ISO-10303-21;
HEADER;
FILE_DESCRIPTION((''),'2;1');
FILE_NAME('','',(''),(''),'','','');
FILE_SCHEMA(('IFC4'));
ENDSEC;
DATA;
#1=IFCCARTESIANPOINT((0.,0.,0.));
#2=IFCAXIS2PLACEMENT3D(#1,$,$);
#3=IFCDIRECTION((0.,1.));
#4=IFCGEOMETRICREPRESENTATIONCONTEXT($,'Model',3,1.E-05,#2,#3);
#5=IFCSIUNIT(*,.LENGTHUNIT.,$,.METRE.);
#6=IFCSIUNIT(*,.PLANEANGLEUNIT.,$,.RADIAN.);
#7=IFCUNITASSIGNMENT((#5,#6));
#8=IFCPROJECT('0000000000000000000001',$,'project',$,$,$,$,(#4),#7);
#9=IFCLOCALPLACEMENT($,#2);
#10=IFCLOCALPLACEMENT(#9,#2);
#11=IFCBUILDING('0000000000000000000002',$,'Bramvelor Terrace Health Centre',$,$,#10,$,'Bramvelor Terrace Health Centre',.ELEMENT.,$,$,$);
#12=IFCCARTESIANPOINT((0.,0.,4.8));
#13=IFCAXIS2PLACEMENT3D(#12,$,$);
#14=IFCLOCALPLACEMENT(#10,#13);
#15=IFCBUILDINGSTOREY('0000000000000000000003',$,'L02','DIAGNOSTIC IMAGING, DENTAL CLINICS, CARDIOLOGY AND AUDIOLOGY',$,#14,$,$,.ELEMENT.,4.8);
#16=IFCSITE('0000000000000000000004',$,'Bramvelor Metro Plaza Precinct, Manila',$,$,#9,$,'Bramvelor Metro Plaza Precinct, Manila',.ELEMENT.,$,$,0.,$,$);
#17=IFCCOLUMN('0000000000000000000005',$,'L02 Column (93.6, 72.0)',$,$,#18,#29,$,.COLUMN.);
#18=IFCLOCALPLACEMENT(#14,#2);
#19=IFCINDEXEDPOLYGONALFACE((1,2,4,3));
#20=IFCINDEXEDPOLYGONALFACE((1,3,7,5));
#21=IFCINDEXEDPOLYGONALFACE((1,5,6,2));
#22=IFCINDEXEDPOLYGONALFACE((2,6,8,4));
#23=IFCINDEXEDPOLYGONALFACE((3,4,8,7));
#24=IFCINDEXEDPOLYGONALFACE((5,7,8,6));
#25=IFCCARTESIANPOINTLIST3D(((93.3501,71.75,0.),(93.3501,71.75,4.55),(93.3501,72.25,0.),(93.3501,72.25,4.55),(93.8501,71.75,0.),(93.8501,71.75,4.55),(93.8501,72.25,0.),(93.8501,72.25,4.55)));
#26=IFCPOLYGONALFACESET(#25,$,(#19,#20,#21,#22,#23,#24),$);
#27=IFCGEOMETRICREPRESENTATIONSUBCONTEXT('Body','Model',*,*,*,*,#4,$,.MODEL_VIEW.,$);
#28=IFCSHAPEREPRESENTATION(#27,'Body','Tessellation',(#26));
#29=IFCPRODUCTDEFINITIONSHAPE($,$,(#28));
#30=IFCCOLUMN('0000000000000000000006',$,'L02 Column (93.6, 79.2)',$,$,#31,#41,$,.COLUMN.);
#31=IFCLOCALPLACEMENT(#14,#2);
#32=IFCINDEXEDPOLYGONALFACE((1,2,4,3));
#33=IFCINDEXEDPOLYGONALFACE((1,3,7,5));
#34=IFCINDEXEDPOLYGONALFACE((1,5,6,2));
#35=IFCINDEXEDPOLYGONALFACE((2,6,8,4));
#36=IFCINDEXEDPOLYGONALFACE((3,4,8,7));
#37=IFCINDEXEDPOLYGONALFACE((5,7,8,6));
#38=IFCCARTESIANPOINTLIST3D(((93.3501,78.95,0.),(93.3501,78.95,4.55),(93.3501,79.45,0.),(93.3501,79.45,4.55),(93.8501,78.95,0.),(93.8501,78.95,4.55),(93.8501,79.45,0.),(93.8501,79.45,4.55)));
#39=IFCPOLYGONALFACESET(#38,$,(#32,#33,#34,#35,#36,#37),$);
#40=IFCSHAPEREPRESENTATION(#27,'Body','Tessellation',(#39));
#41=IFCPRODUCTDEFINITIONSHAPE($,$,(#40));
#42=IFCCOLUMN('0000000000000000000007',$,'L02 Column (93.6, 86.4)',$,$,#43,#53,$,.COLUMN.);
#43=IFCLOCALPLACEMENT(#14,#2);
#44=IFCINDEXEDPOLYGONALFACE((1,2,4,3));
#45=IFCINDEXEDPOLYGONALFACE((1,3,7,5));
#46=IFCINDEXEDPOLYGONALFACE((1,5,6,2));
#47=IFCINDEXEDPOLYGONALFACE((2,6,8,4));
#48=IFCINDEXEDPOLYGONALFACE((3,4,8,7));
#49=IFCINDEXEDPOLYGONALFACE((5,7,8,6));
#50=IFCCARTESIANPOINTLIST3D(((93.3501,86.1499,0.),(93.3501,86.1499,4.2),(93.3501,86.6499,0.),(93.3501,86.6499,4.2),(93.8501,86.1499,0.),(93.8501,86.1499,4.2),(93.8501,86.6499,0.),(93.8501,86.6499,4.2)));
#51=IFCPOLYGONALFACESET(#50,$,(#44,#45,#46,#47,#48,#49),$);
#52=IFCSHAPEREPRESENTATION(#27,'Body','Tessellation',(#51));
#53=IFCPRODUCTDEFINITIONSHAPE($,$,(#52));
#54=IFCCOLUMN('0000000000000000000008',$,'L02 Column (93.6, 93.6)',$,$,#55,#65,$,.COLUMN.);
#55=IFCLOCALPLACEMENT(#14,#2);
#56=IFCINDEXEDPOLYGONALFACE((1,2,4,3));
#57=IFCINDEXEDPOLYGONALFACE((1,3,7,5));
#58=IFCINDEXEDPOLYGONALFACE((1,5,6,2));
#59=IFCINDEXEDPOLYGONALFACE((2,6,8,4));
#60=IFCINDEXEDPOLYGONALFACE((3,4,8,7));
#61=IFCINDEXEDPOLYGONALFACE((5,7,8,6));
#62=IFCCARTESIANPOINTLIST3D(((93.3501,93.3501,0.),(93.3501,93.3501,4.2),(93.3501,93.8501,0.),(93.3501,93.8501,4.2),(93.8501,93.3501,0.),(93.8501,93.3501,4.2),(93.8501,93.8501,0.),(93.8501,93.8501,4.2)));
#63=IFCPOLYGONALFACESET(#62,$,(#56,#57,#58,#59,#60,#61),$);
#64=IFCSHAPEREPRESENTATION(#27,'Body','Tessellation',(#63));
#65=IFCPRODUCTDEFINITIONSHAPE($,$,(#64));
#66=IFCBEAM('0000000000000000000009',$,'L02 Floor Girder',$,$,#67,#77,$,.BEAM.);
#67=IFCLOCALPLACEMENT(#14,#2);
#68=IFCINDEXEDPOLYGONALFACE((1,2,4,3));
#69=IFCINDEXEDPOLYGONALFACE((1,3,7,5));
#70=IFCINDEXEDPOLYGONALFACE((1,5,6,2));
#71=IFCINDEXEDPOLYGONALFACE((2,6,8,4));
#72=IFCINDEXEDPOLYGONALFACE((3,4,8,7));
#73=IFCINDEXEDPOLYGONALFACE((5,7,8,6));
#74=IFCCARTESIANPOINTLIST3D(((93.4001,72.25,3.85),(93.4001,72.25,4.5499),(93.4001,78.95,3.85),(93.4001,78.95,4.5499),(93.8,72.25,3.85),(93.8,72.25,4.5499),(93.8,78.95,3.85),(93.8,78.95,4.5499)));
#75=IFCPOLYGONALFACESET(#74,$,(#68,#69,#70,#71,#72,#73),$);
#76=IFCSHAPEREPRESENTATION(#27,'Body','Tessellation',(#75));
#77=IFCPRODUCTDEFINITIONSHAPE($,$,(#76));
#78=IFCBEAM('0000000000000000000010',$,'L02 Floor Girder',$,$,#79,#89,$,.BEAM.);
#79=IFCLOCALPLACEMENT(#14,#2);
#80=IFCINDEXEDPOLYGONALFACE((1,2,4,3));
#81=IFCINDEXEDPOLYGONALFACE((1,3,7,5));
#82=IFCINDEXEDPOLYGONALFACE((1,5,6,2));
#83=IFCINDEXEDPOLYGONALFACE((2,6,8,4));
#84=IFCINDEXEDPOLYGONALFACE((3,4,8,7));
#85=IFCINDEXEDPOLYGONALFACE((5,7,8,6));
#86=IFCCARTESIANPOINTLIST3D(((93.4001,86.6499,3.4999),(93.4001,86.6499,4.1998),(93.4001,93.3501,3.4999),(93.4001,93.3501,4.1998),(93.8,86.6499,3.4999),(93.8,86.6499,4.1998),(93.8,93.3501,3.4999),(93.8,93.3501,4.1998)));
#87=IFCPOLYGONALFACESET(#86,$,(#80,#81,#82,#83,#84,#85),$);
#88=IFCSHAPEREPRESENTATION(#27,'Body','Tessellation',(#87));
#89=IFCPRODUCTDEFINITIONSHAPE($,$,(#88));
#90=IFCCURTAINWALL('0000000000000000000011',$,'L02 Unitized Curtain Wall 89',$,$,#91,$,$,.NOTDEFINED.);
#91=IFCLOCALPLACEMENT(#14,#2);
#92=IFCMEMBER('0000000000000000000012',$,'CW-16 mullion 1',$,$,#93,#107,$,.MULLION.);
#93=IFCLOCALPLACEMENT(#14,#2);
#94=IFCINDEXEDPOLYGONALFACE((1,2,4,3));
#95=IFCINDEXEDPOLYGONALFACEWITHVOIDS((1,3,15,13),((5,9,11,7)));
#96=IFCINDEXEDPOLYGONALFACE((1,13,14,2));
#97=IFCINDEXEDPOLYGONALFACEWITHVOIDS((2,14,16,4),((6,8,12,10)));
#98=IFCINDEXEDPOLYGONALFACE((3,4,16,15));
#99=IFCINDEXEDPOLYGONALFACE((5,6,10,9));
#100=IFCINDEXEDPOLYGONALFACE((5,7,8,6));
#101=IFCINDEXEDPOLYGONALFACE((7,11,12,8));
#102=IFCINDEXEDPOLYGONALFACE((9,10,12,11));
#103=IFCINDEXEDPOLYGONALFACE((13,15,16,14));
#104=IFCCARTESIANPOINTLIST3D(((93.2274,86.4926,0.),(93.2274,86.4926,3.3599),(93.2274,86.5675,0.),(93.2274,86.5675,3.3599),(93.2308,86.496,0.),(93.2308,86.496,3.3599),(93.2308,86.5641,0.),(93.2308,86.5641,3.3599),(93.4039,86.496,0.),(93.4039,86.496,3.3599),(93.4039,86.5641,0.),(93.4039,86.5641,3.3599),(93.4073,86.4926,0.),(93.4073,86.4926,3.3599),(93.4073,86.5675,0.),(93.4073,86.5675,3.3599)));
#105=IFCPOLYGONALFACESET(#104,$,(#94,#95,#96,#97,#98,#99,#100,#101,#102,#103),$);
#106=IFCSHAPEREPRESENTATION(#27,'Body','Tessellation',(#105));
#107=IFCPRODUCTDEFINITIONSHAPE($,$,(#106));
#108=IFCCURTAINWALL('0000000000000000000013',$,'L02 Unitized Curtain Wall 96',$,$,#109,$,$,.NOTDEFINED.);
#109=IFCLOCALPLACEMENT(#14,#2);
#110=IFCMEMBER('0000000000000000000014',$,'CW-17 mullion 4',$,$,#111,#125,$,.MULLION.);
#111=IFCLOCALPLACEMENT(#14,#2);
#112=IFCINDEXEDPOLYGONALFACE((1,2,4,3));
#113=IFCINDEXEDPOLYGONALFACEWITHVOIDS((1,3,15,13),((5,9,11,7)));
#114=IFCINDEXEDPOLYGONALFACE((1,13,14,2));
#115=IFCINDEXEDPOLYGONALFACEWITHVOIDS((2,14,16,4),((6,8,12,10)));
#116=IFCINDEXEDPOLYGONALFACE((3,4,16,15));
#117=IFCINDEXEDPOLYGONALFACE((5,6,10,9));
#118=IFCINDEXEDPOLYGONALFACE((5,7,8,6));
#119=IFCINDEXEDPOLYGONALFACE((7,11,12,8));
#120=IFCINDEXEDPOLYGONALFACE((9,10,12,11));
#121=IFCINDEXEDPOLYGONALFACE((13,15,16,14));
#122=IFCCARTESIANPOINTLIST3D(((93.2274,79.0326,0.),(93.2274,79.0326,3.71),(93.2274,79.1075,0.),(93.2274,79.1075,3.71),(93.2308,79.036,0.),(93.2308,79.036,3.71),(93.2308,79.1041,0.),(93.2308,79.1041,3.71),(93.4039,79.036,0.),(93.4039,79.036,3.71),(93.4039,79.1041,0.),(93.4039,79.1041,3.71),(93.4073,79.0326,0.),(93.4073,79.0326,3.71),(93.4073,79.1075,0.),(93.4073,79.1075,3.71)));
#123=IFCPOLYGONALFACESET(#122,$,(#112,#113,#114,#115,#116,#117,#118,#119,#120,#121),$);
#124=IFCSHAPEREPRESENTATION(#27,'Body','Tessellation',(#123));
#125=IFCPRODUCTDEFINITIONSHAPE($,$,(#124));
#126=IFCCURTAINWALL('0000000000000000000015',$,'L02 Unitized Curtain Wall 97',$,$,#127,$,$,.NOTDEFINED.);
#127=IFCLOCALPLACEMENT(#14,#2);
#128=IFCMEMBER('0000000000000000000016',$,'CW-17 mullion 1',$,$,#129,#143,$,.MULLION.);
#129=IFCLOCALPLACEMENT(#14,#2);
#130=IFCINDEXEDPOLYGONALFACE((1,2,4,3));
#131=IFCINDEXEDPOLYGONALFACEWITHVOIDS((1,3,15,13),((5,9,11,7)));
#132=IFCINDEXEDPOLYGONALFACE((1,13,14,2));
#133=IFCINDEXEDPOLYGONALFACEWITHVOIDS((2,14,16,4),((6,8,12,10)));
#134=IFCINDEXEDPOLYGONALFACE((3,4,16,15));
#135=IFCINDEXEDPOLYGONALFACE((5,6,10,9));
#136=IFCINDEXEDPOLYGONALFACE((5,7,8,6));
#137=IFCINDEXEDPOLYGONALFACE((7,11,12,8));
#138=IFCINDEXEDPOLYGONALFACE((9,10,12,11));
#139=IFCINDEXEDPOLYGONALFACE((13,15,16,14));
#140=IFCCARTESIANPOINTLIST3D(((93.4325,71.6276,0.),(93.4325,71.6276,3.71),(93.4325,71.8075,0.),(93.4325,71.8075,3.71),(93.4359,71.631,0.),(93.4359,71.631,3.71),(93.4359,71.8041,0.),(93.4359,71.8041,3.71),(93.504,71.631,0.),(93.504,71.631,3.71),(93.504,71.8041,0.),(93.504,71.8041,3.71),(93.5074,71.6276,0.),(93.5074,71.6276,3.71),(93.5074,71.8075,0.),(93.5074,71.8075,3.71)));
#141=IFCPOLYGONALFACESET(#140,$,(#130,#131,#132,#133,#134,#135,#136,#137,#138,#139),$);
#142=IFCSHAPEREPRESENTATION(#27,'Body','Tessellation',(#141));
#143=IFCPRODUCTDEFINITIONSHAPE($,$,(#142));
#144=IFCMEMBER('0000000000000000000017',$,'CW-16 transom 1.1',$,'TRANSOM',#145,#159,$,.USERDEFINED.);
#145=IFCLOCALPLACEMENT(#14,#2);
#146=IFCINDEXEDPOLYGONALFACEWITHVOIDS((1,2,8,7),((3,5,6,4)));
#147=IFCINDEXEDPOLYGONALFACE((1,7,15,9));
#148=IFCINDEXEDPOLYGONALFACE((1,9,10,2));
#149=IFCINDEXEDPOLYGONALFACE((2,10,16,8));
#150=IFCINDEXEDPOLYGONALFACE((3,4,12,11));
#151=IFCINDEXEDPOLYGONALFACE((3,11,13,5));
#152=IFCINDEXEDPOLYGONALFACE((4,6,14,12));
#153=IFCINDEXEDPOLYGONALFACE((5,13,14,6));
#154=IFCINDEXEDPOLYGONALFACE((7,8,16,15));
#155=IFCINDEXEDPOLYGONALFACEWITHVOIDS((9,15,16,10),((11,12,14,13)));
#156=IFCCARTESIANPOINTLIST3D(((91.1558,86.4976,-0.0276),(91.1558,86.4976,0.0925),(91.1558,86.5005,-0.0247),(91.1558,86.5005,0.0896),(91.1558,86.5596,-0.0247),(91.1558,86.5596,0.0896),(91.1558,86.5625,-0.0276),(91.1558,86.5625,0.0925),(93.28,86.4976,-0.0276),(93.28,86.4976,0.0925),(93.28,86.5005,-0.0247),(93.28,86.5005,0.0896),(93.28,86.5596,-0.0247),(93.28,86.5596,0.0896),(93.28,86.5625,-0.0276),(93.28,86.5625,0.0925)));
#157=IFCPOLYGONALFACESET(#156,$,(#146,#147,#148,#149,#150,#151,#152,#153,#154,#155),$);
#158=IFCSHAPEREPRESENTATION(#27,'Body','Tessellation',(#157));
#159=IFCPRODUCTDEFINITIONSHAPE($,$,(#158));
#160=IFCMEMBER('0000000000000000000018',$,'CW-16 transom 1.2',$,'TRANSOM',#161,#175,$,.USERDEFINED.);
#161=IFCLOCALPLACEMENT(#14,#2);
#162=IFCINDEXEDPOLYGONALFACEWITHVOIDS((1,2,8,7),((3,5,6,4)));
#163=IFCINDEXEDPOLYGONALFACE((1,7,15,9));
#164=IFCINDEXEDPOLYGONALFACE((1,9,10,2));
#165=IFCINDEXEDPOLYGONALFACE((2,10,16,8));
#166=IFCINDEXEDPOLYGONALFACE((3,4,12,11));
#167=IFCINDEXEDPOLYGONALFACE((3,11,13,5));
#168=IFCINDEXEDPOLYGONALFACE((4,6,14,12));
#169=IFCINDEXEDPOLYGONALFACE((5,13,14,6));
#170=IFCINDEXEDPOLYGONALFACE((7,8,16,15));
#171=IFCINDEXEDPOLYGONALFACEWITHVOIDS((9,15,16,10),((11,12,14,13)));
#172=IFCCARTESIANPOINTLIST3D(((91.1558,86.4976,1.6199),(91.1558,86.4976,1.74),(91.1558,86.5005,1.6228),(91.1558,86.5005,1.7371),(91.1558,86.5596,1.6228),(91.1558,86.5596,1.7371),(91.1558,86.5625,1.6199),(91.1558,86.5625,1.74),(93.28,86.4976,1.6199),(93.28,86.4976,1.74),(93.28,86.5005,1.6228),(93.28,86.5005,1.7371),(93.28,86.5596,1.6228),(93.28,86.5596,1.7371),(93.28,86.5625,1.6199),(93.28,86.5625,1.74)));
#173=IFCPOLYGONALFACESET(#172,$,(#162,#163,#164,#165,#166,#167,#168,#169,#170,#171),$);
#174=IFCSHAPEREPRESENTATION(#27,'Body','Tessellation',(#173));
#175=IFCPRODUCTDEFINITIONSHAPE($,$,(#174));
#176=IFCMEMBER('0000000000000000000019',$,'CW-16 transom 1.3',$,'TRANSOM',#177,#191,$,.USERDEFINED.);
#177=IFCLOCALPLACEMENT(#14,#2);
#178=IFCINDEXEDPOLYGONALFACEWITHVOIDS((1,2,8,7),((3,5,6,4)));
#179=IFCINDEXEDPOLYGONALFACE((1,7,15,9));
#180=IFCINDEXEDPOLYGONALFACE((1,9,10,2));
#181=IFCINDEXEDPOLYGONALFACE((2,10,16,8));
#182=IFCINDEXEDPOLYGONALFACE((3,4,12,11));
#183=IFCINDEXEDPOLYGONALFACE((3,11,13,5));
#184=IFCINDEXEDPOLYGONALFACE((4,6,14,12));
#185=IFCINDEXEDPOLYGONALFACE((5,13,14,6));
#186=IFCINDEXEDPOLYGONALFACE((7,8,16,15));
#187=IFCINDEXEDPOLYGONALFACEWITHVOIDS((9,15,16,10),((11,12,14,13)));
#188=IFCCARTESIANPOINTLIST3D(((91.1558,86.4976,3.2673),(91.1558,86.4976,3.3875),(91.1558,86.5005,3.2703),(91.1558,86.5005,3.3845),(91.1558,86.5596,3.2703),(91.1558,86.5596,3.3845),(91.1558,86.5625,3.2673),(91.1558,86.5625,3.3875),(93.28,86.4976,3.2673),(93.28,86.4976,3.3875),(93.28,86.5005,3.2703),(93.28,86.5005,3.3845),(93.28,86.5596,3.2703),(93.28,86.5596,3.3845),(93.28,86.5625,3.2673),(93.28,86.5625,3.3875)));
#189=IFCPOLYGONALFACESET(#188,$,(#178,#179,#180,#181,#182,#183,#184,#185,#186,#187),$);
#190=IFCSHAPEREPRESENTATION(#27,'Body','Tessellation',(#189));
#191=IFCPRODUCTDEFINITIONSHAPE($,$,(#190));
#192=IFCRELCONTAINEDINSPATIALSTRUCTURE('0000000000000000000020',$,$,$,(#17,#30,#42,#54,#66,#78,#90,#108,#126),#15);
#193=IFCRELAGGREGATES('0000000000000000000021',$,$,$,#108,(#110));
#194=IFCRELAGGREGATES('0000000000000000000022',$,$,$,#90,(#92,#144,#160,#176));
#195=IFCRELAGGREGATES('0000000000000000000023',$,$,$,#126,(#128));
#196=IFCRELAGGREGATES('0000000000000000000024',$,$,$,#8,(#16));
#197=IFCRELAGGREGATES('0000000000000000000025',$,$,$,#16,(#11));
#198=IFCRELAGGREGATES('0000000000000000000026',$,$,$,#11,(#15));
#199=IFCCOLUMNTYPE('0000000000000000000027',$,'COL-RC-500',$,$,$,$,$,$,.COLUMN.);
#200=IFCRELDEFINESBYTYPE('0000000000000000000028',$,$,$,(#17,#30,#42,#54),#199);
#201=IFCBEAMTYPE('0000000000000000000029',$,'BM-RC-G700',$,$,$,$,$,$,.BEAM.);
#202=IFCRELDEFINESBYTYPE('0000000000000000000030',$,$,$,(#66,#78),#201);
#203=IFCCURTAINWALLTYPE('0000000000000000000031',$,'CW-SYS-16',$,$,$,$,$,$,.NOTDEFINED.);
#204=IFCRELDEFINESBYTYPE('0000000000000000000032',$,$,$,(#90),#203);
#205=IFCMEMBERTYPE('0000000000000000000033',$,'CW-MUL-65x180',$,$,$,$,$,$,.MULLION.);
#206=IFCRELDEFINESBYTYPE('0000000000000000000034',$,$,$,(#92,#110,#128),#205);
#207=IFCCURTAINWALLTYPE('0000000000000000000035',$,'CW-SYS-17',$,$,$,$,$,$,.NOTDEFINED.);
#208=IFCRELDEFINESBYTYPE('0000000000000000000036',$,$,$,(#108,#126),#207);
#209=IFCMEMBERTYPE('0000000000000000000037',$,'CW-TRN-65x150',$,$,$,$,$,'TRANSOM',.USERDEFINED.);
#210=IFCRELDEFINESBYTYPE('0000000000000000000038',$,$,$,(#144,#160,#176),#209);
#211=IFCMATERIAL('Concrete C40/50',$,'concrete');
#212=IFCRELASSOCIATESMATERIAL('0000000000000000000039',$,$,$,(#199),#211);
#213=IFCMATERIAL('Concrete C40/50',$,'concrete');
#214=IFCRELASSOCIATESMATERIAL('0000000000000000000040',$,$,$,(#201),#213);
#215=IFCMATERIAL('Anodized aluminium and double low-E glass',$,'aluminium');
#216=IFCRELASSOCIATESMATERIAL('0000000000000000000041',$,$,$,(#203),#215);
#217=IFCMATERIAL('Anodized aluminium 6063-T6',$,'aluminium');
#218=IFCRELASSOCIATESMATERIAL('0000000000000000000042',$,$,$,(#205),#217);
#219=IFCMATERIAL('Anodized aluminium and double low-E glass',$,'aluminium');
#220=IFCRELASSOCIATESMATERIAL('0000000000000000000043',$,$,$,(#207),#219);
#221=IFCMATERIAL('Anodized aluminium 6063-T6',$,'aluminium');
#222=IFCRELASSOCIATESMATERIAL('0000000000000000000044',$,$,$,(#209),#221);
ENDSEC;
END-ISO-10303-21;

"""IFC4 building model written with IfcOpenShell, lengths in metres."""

from ifc_helpers import new_model, si_unit, direction, frame, origin, origin_2d, place, context, subcontext, project, spatial, rectangle, hollow_rectangle, extrude, material, material_profile, profile_set, type_object, element, aggregate, save


model = new_model("IFC4")

# Units and contexts
model_context = context("Model", 3, precision=1e-05, world=origin(), true_north=direction((0.0, 1.0)))
body_context = subcontext(model_context, "Body", "Model", "MODEL_VIEW")
ifc_project = project(units=[si_unit("LENGTHUNIT", "METRE"), si_unit("PLANEANGLEUNIT", "RADIAN")], contexts=[model_context])

# Site, building, storey
site_placement = place(None, origin())
site = spatial("IfcSite", under=ifc_project, at=site_placement, Name="Bramvelor Metro Plaza Precinct, Manila", LongName="Bramvelor Metro Plaza Precinct, Manila", CompositionType="ELEMENT", RefElevation=0.0)
building_placement = place(site_placement, origin())
building = spatial("IfcBuilding", under=site, at=building_placement, Name="Bramvelor Terrace Health Centre", LongName="Bramvelor Terrace Health Centre", CompositionType="ELEMENT")
storey_placement = place(building_placement, frame((0.0, 0.0, 4.8)))
storey = spatial("IfcBuildingStorey", under=building, at=storey_placement, Name="L02", Description="DIAGNOSTIC IMAGING, DENTAL CLINICS, CARDIOLOGY AND AUDIOLOGY", CompositionType="ELEMENT", Elevation=4.8)

# Columns
ifc_material_1 = material(Name="Concrete C40/50", Category="concrete")
ifc_material_profile_1 = material_profile(ifc_material_1, rectangle(XDim=0.5, YDim=0.5, at=origin_2d()), Name="RC 500x500")
ifc_profile_set_1 = profile_set([ifc_material_profile_1], Name="Concrete C40/50")
column_type = type_object("IfcColumnType", Name="COL-RC-500", PredefinedType="COLUMN", material=ifc_profile_set_1)
for number, where, z_axis, x_axis, name in (
    (1, (93.6001, 72.0, 0.0), (0.0, 0.0, 1.0), (1.0, 0.0, 0.0), "L02 Column (93.6, 72.0)"),
    (2, (93.6001, 79.2, 0.0), (0.0, 0.0, 1.0), (1.0, 0.0, 0.0), "L02 Column (93.6, 79.2)"),
):
    element("IfcColumn", number, at=place(storey_placement, frame(where, z_axis=z_axis, x_axis=x_axis)), inside=storey, type_object=column_type, Name=name, PredefinedType="COLUMN", context=body_context, shape_type="SweptSolid", body=[
        extrude(rectangle(XDim=0.5, YDim=0.5, at=origin_2d()), origin(), (0.0, 0.0, 1.0), 4.55),
    ])
for number, where, z_axis, x_axis, name in (
    (3, (93.6001, 86.3999, 0.0), (0.0, 0.0, 1.0), (1.0, 0.0, 0.0), "L02 Column (93.6, 86.4)"),
    (4, (93.6001, 93.6001, 0.0), (0.0, 0.0, 1.0), (1.0, 0.0, 0.0), "L02 Column (93.6, 93.6)"),
):
    element("IfcColumn", number, at=place(storey_placement, frame(where, z_axis=z_axis, x_axis=x_axis)), inside=storey, type_object=column_type, Name=name, PredefinedType="COLUMN", context=body_context, shape_type="SweptSolid", body=[
        extrude(rectangle(XDim=0.5, YDim=0.5, at=origin_2d()), origin(), (0.0, 0.0, 1.0), 4.2),
    ])

# Beams
ifc_material_2 = material(Name="Concrete C40/50", Category="concrete")
ifc_material_profile_2 = material_profile(ifc_material_2, rectangle(XDim=0.3999, YDim=0.7, at=origin_2d()), Name="RC 400x700")
ifc_profile_set_2 = profile_set([ifc_material_profile_2], Name="Concrete C40/50")
beam_type = type_object("IfcBeamType", Name="BM-RC-G700", PredefinedType="BEAM", material=ifc_profile_set_2)
beam_1_placement = place(storey_placement, frame((93.6001, 72.25, 4.2), z_axis=(0.0, 1.0, 0.0), x_axis=(-1.0, 0.0, 0.0)))
element("IfcBeam", 5, at=beam_1_placement, inside=storey, type_object=beam_type, Name="L02 Floor Girder", PredefinedType="BEAM", context=body_context, shape_type="SweptSolid", body=[
    extrude(rectangle(XDim=0.3999, YDim=0.7, at=origin_2d()), origin(), (0.0, 0.0, 1.0), 6.7),
])
beam_2_placement = place(storey_placement, frame((93.6001, 86.6499, 3.8499), z_axis=(0.0, 1.0, 0.0), x_axis=(-1.0, 0.0, 0.0)))
element("IfcBeam", 6, at=beam_2_placement, inside=storey, type_object=beam_type, Name="L02 Floor Girder", PredefinedType="BEAM", context=body_context, shape_type="SweptSolid", body=[
    extrude(rectangle(XDim=0.3999, YDim=0.7, at=origin_2d()), origin(), (0.0, 0.0, 1.0), 6.7002),
])

# Curtain walls, members
ifc_material_3 = material(Name="Anodized aluminium and double low-E glass", Category="aluminium")
curtain_wall_type_1 = type_object("IfcCurtainWallType", Name="CW-SYS-16", PredefinedType="NOTDEFINED", material=ifc_material_3)
curtain_wall_1_placement = place(storey_placement, origin())
curtain_wall_1 = element("IfcCurtainWall", 7, at=curtain_wall_1_placement, inside=storey, type_object=curtain_wall_type_1, Name="L02 Unitized Curtain Wall 89", PredefinedType="NOTDEFINED")
ifc_material_4 = material(Name="Anodized aluminium 6063-T6", Category="aluminium")
ifc_material_profile_3 = material_profile(ifc_material_4, hollow_rectangle(XDim=0.075, YDim=0.1799, WallThickness=0.0034, at=origin_2d()), Name="ALU-MUL 75x180x3.5")
ifc_profile_set_3 = profile_set([ifc_material_profile_3], Name="Anodized aluminium 6063-T6")
member_type_1 = type_object("IfcMemberType", Name="CW-MUL-65x180", PredefinedType="MULLION", material=ifc_profile_set_3)
member_1_placement = place(storey_placement, frame((93.3174, 86.53, 0.0), z_axis=(0.0, 0.0, 1.0), x_axis=(0.0, -1.0, 0.0)))
member_1 = element("IfcMember", 8, at=member_1_placement, type_object=member_type_1, Name="CW-16 mullion 1", PredefinedType="MULLION", context=body_context, shape_type="SweptSolid", body=[
    extrude(hollow_rectangle(XDim=0.075, YDim=0.1799, WallThickness=0.0034, at=origin_2d()), origin(), (0.0, 0.0, 1.0), 3.3599),
])
ifc_material_5 = material(Name="Anodized aluminium and double low-E glass", Category="aluminium")
curtain_wall_type_2 = type_object("IfcCurtainWallType", Name="CW-SYS-17", PredefinedType="NOTDEFINED", material=ifc_material_5)
curtain_wall_2_placement = place(storey_placement, origin())
curtain_wall_2 = element("IfcCurtainWall", 9, at=curtain_wall_2_placement, inside=storey, type_object=curtain_wall_type_2, Name="L02 Unitized Curtain Wall 96", PredefinedType="NOTDEFINED")
member_2_placement = place(storey_placement, frame((93.3174, 79.0701, 0.0), z_axis=(0.0, 0.0, 1.0), x_axis=(0.0, 1.0, 0.0)))
member_2 = element("IfcMember", 10, at=member_2_placement, type_object=member_type_1, Name="CW-17 mullion 4", PredefinedType="MULLION", context=body_context, shape_type="SweptSolid", body=[
    extrude(hollow_rectangle(XDim=0.075, YDim=0.1799, WallThickness=0.0034, at=origin_2d()), origin(), (0.0, 0.0, 1.0), 3.71),
])
aggregate(curtain_wall_2, [member_2])
curtain_wall_3_placement = place(storey_placement, origin())
curtain_wall_3 = element("IfcCurtainWall", 11, at=curtain_wall_3_placement, inside=storey, type_object=curtain_wall_type_2, Name="L02 Unitized Curtain Wall 97", PredefinedType="NOTDEFINED")
member_3_placement = place(storey_placement, frame((93.47, 71.7175, 0.0), z_axis=(0.0, 0.0, 1.0), x_axis=(1.0, 0.0, 0.0)))
member_3 = element("IfcMember", 12, at=member_3_placement, type_object=member_type_1, Name="CW-17 mullion 1", PredefinedType="MULLION", context=body_context, shape_type="SweptSolid", body=[
    extrude(hollow_rectangle(XDim=0.075, YDim=0.1799, WallThickness=0.0034, at=origin_2d()), origin(), (0.0, 0.0, 1.0), 3.71),
])

# Members
ifc_material_6 = material(Name="Anodized aluminium 6063-T6", Category="aluminium")
ifc_material_profile_4 = material_profile(ifc_material_6, hollow_rectangle(XDim=0.0649, YDim=0.1201, WallThickness=0.0029, at=origin_2d()), Name="ALU-TRN 65x120x3.0")
ifc_profile_set_4 = profile_set([ifc_material_profile_4], Name="Anodized aluminium 6063-T6")
member_type_2 = type_object("IfcMemberType", Name="CW-TRN-65x150", ElementType="TRANSOM", PredefinedType="USERDEFINED", material=ifc_profile_set_4)
member_4_placement = place(storey_placement, frame((93.28, 86.53, 0.0325), z_axis=(-1.0, 0.0, 0.0), x_axis=(0.0, -1.0, 0.0)))
member_4 = element("IfcMember", 13, at=member_4_placement, type_object=member_type_2, Name="CW-16 transom 1.1", ObjectType="TRANSOM", PredefinedType="USERDEFINED", context=body_context, shape_type="SweptSolid", body=[
    extrude(hollow_rectangle(XDim=0.0649, YDim=0.1201, WallThickness=0.0029, at=origin_2d()), origin(), (0.0, 0.0, 1.0), 2.1243),
])
member_5_placement = place(storey_placement, frame((93.28, 86.53, 1.6799), z_axis=(-1.0, 0.0, 0.0), x_axis=(0.0, -1.0, 0.0)))
member_5 = element("IfcMember", 14, at=member_5_placement, type_object=member_type_2, Name="CW-16 transom 1.2", ObjectType="TRANSOM", PredefinedType="USERDEFINED", context=body_context, shape_type="SweptSolid", body=[
    extrude(hollow_rectangle(XDim=0.0649, YDim=0.1201, WallThickness=0.0029, at=origin_2d()), origin(), (0.0, 0.0, 1.0), 2.1243),
])
member_6_placement = place(storey_placement, frame((93.28, 86.53, 3.3274), z_axis=(-1.0, 0.0, 0.0), x_axis=(0.0, -1.0, 0.0)))
member_6 = element("IfcMember", 15, at=member_6_placement, type_object=member_type_2, Name="CW-16 transom 1.3", ObjectType="TRANSOM", PredefinedType="USERDEFINED", context=body_context, shape_type="SweptSolid", body=[
    extrude(hollow_rectangle(XDim=0.0649, YDim=0.1201, WallThickness=0.0029, at=origin_2d()), origin(), (0.0, 0.0, 1.0), 2.1243),
])
aggregate(curtain_wall_1, [member_1, member_4, member_5, member_6])
aggregate(curtain_wall_3, [member_3])

save(model, "model.ifc")
